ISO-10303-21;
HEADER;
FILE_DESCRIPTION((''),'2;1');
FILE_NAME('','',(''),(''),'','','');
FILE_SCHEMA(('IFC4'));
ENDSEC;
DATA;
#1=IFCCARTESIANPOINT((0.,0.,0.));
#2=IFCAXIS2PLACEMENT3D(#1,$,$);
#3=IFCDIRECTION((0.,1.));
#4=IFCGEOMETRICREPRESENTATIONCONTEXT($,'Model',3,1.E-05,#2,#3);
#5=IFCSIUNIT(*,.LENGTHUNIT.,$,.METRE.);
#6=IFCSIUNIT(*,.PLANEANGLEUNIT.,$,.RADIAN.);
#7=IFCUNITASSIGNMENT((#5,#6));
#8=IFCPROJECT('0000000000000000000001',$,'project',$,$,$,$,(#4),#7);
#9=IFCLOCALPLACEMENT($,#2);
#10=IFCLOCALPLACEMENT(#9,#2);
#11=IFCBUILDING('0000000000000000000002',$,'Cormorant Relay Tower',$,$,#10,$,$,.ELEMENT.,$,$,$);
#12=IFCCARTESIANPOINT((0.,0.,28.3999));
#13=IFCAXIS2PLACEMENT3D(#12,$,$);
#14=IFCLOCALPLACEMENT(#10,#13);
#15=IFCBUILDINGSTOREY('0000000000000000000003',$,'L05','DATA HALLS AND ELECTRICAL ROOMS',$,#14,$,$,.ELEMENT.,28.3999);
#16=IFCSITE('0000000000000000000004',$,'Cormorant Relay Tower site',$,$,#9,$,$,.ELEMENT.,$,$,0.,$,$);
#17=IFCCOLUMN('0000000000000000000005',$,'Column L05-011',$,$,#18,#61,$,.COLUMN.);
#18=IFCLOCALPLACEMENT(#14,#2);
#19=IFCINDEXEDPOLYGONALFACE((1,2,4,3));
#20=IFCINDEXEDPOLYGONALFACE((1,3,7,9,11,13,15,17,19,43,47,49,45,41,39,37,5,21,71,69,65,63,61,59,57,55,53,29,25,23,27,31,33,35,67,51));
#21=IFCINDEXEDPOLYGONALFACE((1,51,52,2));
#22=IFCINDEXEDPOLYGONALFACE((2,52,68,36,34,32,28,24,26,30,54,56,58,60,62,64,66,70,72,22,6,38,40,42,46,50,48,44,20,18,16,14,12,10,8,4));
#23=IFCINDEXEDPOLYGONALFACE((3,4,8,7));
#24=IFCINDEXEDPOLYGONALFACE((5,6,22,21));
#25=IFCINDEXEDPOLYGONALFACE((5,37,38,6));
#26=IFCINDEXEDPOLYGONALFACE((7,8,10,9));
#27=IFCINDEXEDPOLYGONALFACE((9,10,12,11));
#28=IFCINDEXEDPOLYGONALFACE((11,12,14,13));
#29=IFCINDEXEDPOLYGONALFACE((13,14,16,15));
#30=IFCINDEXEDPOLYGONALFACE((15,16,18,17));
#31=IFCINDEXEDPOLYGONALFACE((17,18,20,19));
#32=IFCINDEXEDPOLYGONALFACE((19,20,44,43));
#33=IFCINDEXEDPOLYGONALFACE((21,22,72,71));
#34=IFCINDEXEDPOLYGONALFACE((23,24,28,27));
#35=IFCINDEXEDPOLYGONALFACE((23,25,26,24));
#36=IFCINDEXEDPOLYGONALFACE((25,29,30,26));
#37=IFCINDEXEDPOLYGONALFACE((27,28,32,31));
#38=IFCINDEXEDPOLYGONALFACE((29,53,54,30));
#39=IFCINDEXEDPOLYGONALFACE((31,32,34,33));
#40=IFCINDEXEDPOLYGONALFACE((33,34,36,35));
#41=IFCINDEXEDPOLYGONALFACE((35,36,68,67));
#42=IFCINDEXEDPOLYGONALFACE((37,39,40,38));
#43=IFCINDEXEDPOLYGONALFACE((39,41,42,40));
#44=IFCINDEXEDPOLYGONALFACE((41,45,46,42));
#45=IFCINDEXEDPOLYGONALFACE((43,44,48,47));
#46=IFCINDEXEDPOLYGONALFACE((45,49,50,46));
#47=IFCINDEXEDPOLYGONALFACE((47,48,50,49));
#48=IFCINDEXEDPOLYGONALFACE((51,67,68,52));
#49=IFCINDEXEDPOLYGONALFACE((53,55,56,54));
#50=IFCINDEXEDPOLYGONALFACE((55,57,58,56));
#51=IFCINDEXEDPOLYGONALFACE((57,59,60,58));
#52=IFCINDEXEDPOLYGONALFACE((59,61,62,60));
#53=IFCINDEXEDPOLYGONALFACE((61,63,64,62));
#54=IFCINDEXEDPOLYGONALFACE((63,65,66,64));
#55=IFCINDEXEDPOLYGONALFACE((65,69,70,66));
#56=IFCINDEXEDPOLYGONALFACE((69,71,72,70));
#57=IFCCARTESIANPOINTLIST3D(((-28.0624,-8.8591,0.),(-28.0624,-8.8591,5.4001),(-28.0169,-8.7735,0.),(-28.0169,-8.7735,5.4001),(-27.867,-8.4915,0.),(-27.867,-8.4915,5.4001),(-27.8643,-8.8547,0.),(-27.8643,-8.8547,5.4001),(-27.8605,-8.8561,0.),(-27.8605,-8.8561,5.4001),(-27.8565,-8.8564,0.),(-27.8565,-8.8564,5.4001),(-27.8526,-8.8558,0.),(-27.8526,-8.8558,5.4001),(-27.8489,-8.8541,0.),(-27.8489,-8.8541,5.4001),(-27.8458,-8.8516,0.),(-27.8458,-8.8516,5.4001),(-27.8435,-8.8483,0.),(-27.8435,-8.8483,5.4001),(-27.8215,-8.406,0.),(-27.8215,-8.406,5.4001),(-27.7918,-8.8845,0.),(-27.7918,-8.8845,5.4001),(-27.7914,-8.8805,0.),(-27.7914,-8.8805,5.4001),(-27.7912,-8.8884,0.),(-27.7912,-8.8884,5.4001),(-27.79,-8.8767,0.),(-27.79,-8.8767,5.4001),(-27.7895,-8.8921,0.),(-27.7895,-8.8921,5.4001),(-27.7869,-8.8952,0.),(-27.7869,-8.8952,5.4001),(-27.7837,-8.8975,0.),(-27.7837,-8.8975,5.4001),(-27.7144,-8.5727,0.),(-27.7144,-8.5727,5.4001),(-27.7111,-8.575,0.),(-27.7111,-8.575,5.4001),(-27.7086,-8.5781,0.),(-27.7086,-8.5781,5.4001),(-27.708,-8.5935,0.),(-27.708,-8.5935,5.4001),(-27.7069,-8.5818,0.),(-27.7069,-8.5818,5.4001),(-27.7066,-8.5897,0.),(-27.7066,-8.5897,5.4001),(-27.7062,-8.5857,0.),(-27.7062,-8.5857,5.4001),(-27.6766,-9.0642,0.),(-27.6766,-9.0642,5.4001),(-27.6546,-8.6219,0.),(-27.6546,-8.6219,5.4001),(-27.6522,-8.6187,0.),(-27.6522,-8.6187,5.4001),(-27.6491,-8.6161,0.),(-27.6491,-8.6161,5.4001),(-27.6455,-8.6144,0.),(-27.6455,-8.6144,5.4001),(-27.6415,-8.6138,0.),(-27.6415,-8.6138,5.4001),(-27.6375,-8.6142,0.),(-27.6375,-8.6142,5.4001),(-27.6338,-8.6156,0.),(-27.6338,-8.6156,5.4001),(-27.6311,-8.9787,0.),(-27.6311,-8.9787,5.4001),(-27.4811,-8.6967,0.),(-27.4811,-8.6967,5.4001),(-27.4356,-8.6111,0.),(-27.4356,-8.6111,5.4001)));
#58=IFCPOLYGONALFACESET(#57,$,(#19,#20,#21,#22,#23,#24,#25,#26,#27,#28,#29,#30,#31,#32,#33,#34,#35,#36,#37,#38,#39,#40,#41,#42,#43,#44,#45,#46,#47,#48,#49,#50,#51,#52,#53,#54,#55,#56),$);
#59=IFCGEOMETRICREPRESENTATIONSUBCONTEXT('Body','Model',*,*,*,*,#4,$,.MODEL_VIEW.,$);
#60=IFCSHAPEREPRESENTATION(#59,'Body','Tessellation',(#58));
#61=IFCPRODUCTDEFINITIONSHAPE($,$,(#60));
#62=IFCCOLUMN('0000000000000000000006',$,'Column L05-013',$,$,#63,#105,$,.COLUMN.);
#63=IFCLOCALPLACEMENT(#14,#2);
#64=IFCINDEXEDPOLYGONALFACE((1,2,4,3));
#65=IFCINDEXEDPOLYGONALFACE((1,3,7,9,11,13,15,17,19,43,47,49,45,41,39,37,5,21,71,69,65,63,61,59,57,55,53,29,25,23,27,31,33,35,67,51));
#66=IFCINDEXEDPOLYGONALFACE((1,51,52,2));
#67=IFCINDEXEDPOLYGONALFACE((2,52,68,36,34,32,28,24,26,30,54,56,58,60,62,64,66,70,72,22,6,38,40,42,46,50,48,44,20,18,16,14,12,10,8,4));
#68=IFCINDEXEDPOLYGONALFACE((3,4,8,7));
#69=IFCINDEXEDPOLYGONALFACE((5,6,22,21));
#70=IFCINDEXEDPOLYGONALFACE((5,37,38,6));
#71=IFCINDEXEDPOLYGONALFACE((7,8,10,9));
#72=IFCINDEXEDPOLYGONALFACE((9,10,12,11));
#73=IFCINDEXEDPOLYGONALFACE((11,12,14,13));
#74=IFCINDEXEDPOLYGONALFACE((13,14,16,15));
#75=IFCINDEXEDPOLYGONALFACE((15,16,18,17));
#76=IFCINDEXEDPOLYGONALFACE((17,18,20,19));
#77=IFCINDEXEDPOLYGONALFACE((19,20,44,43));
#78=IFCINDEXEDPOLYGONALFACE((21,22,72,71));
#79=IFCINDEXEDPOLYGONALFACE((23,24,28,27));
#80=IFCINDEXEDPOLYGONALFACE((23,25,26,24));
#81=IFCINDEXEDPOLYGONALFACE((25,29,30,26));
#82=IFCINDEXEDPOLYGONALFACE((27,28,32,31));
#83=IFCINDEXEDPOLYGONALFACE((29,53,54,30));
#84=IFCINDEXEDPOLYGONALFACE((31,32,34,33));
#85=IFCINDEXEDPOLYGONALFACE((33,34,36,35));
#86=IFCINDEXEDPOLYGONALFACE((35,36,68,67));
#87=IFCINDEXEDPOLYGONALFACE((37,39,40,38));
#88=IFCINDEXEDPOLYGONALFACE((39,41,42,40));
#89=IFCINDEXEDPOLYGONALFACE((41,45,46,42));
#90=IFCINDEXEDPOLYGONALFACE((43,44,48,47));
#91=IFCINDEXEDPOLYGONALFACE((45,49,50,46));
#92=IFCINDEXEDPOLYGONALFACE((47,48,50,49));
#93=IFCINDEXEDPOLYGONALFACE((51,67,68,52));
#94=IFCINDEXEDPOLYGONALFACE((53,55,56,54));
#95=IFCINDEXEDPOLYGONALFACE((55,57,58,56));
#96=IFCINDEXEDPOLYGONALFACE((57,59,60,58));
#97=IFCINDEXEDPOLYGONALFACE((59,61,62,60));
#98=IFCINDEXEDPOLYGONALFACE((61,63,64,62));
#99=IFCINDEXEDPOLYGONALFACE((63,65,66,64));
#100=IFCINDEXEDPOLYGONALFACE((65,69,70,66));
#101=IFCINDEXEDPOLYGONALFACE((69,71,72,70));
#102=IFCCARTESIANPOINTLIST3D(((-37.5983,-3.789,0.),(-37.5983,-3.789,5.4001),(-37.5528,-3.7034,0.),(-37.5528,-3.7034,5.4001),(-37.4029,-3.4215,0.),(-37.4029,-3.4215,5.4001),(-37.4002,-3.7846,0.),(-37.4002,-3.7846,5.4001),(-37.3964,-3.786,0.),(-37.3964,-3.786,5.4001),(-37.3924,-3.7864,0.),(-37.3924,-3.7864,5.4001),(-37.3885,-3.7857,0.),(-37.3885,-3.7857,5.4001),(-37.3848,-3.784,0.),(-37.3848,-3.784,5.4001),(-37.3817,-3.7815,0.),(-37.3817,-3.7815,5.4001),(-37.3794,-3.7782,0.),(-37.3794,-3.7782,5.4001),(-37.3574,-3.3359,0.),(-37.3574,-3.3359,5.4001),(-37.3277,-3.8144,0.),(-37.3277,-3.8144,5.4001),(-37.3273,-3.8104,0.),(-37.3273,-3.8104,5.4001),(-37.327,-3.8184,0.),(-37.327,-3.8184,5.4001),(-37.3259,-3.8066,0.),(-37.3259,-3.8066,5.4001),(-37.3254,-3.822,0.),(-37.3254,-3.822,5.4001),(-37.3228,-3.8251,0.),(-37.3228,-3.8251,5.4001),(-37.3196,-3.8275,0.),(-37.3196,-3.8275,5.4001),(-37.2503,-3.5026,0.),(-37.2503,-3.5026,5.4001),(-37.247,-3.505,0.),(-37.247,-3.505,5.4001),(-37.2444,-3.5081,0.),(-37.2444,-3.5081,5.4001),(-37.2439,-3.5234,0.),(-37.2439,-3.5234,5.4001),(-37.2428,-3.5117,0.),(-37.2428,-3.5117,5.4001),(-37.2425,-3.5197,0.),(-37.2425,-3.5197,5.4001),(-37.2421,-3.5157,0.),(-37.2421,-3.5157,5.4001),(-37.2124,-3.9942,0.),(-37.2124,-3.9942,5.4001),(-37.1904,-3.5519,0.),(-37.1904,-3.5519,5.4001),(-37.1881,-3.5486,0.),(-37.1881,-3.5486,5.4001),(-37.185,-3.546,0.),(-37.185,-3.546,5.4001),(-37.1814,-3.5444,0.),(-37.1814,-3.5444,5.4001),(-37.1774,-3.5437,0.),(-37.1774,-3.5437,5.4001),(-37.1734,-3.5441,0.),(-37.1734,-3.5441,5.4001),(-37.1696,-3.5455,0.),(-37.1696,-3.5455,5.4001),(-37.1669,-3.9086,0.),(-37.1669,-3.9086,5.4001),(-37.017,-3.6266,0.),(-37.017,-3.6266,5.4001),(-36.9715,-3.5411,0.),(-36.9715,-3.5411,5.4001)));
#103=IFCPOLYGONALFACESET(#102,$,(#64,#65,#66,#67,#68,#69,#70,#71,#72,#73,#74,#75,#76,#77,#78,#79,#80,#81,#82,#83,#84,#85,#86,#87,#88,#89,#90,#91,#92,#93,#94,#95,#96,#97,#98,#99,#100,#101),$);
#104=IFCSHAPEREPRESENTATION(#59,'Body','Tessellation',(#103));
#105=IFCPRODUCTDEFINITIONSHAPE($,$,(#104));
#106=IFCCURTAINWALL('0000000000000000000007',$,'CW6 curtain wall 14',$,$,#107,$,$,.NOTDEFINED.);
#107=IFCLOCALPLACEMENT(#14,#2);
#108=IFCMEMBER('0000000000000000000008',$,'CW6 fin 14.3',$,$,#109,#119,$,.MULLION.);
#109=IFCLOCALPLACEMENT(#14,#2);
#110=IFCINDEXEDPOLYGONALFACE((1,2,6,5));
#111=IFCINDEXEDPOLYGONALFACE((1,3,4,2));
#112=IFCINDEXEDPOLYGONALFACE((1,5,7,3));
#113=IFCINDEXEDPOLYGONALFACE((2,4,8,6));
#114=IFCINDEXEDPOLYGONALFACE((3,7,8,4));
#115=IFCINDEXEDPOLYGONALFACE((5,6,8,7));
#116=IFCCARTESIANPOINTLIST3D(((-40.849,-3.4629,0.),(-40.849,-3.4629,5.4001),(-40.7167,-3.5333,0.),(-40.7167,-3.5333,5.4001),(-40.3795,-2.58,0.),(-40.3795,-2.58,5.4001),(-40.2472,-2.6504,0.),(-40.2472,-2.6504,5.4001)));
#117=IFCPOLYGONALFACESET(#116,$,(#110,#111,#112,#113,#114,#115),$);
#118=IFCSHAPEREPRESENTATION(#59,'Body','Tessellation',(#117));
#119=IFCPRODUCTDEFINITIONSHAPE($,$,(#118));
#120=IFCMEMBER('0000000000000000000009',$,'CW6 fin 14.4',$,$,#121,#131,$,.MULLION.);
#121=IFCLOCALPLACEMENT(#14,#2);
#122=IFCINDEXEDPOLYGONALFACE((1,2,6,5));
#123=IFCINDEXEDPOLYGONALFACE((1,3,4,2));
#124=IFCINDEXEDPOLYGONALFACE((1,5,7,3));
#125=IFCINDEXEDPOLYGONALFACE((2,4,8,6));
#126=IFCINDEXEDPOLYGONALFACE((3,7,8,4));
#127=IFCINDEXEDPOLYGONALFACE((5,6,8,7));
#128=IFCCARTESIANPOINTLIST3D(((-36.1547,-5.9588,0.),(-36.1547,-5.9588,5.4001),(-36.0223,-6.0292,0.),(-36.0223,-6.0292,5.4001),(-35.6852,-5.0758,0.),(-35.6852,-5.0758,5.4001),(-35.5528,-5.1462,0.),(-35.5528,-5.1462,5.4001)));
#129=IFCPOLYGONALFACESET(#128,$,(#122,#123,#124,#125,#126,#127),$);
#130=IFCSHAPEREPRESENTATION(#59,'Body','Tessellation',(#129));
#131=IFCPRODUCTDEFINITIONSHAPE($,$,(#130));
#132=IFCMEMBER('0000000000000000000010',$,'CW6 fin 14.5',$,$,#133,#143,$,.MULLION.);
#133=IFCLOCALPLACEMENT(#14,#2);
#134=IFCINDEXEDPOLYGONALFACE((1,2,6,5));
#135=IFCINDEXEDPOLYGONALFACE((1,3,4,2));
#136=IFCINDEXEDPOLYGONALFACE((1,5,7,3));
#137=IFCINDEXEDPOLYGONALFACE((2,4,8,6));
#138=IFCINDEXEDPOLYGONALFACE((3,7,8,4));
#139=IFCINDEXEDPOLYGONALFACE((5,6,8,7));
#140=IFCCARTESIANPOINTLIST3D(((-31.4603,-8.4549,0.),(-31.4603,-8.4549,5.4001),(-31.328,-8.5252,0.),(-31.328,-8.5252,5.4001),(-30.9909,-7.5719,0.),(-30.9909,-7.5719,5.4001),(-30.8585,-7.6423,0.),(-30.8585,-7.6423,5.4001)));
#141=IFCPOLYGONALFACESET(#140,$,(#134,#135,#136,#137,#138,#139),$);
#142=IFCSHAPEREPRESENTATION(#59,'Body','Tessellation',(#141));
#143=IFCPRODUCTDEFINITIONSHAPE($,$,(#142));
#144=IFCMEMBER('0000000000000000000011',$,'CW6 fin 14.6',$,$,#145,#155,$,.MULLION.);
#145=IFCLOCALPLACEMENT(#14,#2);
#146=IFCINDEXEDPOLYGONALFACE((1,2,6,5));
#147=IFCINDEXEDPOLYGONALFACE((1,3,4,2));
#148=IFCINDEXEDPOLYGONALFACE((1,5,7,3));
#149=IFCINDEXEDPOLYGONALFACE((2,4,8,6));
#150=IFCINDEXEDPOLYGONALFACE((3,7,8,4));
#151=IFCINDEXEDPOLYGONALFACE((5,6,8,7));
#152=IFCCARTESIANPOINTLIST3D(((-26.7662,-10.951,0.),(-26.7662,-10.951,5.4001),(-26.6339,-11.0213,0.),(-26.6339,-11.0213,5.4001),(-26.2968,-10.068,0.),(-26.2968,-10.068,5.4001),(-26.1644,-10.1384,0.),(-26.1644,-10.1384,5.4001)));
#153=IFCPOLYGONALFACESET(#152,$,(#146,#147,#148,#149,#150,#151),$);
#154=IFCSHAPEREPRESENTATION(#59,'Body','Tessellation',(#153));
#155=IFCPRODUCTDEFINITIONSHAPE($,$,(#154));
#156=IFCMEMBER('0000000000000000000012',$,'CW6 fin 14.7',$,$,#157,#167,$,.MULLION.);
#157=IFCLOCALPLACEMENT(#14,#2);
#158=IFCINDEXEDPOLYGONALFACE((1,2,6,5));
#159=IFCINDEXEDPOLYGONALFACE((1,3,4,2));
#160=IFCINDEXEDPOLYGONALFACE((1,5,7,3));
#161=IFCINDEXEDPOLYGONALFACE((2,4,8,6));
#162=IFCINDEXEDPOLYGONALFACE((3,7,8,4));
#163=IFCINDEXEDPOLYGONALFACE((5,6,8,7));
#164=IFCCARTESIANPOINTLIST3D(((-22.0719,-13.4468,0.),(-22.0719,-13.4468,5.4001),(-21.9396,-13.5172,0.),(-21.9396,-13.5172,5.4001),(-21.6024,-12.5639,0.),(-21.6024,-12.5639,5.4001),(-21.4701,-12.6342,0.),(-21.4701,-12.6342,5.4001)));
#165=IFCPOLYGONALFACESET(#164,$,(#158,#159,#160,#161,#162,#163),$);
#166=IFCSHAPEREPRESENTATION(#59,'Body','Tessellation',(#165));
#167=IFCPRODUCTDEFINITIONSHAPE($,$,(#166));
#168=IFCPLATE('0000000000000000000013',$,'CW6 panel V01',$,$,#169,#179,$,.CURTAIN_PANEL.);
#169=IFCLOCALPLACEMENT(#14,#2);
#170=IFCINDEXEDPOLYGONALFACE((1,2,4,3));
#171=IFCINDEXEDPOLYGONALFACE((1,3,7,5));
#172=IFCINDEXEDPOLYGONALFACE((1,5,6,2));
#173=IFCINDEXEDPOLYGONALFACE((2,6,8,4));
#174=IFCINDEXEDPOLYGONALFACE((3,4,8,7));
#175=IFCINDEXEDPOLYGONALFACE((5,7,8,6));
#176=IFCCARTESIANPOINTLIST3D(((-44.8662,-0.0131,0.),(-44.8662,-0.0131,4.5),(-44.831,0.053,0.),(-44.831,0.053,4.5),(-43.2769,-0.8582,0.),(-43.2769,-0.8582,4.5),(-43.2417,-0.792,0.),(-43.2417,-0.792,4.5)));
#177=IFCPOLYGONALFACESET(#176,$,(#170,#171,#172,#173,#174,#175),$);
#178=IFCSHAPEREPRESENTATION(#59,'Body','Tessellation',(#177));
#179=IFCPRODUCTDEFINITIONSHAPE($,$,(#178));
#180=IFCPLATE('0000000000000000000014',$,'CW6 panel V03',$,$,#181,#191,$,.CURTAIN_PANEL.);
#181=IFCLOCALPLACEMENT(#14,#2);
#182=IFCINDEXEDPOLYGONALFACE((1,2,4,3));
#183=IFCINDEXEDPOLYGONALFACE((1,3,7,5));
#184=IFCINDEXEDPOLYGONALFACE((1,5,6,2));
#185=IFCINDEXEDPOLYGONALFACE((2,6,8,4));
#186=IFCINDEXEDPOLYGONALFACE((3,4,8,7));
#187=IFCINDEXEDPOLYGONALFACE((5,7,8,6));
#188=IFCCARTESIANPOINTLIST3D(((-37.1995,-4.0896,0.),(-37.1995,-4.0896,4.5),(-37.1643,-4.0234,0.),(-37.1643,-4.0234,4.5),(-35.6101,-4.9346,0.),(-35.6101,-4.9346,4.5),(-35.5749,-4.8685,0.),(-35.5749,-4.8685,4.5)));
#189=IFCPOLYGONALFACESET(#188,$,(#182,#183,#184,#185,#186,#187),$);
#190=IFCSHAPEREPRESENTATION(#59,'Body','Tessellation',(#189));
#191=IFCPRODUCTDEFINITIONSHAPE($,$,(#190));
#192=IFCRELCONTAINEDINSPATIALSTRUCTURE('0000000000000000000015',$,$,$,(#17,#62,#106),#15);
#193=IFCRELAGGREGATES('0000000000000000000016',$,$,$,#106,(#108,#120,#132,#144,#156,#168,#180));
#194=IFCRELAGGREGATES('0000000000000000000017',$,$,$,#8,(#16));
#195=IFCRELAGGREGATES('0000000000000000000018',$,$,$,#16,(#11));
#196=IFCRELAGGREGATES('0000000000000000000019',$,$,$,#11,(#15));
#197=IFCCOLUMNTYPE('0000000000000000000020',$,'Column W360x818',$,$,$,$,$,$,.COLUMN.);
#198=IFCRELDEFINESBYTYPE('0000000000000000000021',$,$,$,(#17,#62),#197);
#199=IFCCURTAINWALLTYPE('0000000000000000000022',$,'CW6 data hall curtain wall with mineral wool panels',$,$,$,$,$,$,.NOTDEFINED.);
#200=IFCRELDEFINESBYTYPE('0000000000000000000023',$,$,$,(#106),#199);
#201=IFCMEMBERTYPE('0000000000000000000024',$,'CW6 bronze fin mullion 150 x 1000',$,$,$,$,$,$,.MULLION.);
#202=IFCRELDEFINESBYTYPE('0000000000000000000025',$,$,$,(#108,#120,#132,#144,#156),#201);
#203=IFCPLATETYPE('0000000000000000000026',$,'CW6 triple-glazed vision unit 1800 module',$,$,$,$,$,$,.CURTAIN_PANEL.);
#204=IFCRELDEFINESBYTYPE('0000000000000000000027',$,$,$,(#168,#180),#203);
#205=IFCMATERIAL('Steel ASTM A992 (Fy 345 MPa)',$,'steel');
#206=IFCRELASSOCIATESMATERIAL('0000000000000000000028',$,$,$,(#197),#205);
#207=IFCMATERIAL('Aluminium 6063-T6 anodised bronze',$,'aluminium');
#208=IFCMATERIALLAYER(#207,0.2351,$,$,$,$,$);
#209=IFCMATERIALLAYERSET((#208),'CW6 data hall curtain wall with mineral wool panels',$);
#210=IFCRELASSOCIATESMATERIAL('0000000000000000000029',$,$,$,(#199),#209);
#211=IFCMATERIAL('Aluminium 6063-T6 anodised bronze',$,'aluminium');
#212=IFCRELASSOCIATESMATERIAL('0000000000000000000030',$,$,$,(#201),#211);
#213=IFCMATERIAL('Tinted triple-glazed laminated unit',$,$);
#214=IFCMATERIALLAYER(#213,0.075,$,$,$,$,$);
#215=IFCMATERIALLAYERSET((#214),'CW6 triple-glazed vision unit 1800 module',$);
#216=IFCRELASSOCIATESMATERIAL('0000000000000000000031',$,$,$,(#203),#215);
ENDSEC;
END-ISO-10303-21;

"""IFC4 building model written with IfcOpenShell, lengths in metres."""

from ifc_helpers import new_model, si_unit, direction, frame, origin, origin_2d, place, context, subcontext, project, spatial, rectangle, i_section, extrude, material, layer, layer_set, material_profile, profile_set, type_object, element, aggregate, save


model = new_model("IFC4")

# Units and contexts
model_context = context("Model", 3, precision=1e-05, world=origin(), true_north=direction((0.0, 1.0)))
body_context = subcontext(model_context, "Body", "Model", "MODEL_VIEW")
ifc_project = project(units=[si_unit("LENGTHUNIT", "METRE"), si_unit("PLANEANGLEUNIT", "RADIAN")], contexts=[model_context])

# Site, building, storey
site_placement = place(None, origin())
site = spatial("IfcSite", under=ifc_project, at=site_placement, Name="Cormorant Relay Tower site", CompositionType="ELEMENT", RefElevation=0.0)
building_placement = place(site_placement, origin())
building = spatial("IfcBuilding", under=site, at=building_placement, Name="Cormorant Relay Tower", CompositionType="ELEMENT")
storey_placement = place(building_placement, frame((0.0, 0.0, 28.3999)))
storey = spatial("IfcBuildingStorey", under=building, at=storey_placement, Name="L05", Description="DATA HALLS AND ELECTRICAL ROOMS", CompositionType="ELEMENT", Elevation=28.3999)

# Columns
ifc_material_1 = material(Name="Steel ASTM A992 (Fy 345 MPa)", Category="steel")
ifc_material_profile_1 = material_profile(ifc_material_1, i_section(OverallWidth=0.437, OverallDepth=0.5132, WebThickness=0.0605, FlangeThickness=0.0969, FilletRadius=0.0154, at=origin_2d()), Name="W360x818")
ifc_profile_set_1 = profile_set([ifc_material_profile_1], Name="Steel ASTM A992 (Fy 345 MPa)")
column_type = type_object("IfcColumnType", Name="Column W360x818", PredefinedType="COLUMN", material=ifc_profile_set_1)
for number, where, z_axis, x_axis, name in (
    (1, (-27.749, -8.7351, 0.0), (0.0, 0.0, 1.0), (0.882948, -0.469472, 0.0), "Column L05-011"),
    (2, (-37.2849, -3.665, 0.0), (0.0, 0.0, 1.0), (0.882948, -0.469472, 0.0), "Column L05-013"),
):
    element("IfcColumn", number, at=place(storey_placement, frame(where, z_axis=z_axis, x_axis=x_axis)), inside=storey, type_object=column_type, Name=name, PredefinedType="COLUMN", context=body_context, shape_type="SweptSolid", body=[
        extrude(i_section(OverallWidth=0.437, OverallDepth=0.5132, WebThickness=0.0605, FlangeThickness=0.0969, FilletRadius=0.0154, at=origin_2d()), origin(), (0.0, 0.0, 1.0), 5.4001),
    ])

# Curtain wall, members, plates
ifc_material_2 = material(Name="Aluminium 6063-T6 anodised bronze", Category="aluminium")
ifc_layer_1 = layer(ifc_material_2, 0.2351)
ifc_layer_set_1 = layer_set([ifc_layer_1], Name="CW6 data hall curtain wall with mineral wool panels")
curtain_wall_type = type_object("IfcCurtainWallType", Name="CW6 data hall curtain wall with mineral wool panels", PredefinedType="NOTDEFINED", material=ifc_layer_set_1)
curtain_wall_placement = place(storey_placement, origin())
curtain_wall = element("IfcCurtainWall", 3, at=curtain_wall_placement, inside=storey, type_object=curtain_wall_type, Name="CW6 curtain wall 14", PredefinedType="NOTDEFINED")
ifc_material_3 = material(Name="Aluminium 6063-T6 anodised bronze", Category="aluminium")
ifc_material_profile_2 = material_profile(ifc_material_3, rectangle(XDim=0.1499, YDim=1.0, at=origin_2d()), Name="AL 150x1000")
ifc_profile_set_2 = profile_set([ifc_material_profile_2], Name="Aluminium 6063-T6 anodised bronze")
member_type = type_object("IfcMemberType", Name="CW6 bronze fin mullion 150 x 1000", PredefinedType="MULLION", material=ifc_profile_set_2)
member_1_placement = place(storey_placement, frame((-40.5481, -3.0566, 0.0), z_axis=(0.0, 0.0, 1.0), x_axis=(0.882948, -0.469472, 0.0)))
member_1 = element("IfcMember", 4, at=member_1_placement, type_object=member_type, Name="CW6 fin 14.3", PredefinedType="MULLION", context=body_context, shape_type="SweptSolid", body=[
    extrude(rectangle(XDim=0.1499, YDim=1.0, at=origin_2d()), origin(), (0.0, 0.0, 1.0), 5.4001),
])
member_2_placement = place(storey_placement, frame((-35.8538, -5.5525, 0.0), z_axis=(0.0, 0.0, 1.0), x_axis=(0.882948, -0.469472, 0.0)))
member_2 = element("IfcMember", 5, at=member_2_placement, type_object=member_type, Name="CW6 fin 14.4", PredefinedType="MULLION", context=body_context, shape_type="SweptSolid", body=[
    extrude(rectangle(XDim=0.1499, YDim=1.0, at=origin_2d()), origin(), (0.0, 0.0, 1.0), 5.4001),
])
member_3_placement = place(storey_placement, frame((-31.1594, -8.0486, 0.0), z_axis=(0.0, 0.0, 1.0), x_axis=(0.882948, -0.469472, 0.0)))
member_3 = element("IfcMember", 6, at=member_3_placement, type_object=member_type, Name="CW6 fin 14.5", PredefinedType="MULLION", context=body_context, shape_type="SweptSolid", body=[
    extrude(rectangle(XDim=0.1499, YDim=1.0, at=origin_2d()), origin(), (0.0, 0.0, 1.0), 5.4001),
])
member_4_placement = place(storey_placement, frame((-26.4653, -10.5447, 0.0), z_axis=(0.0, 0.0, 1.0), x_axis=(0.882948, -0.469472, 0.0)))
member_4 = element("IfcMember", 7, at=member_4_placement, type_object=member_type, Name="CW6 fin 14.6", PredefinedType="MULLION", context=body_context, shape_type="SweptSolid", body=[
    extrude(rectangle(XDim=0.1499, YDim=1.0, at=origin_2d()), origin(), (0.0, 0.0, 1.0), 5.4001),
])
member_5_placement = place(storey_placement, frame((-21.771, -13.0405, 0.0), z_axis=(0.0, 0.0, 1.0), x_axis=(0.882948, -0.469472, 0.0)))
member_5 = element("IfcMember", 8, at=member_5_placement, type_object=member_type, Name="CW6 fin 14.7", PredefinedType="MULLION", context=body_context, shape_type="SweptSolid", body=[
    extrude(rectangle(XDim=0.1499, YDim=1.0, at=origin_2d()), origin(), (0.0, 0.0, 1.0), 5.4001),
])
ifc_material_4 = material(Name="Tinted triple-glazed laminated unit")
ifc_layer_2 = layer(ifc_material_4, 0.075)
ifc_layer_set_2 = layer_set([ifc_layer_2], Name="CW6 triple-glazed vision unit 1800 module")
plate_type = type_object("IfcPlateType", Name="CW6 triple-glazed vision unit 1800 module", PredefinedType="CURTAIN_PANEL", material=ifc_layer_set_2)
plate_1_placement = place(storey_placement, frame((-44.054, -0.4026, 0.0), z_axis=(0.0, 0.0, 1.0), x_axis=(0.882948, -0.469472, 0.0)))
plate_1 = element("IfcPlate", 9, at=plate_1_placement, type_object=plate_type, Name="CW6 panel V01", PredefinedType="CURTAIN_PANEL", context=body_context, shape_type="SweptSolid", body=[
    extrude(rectangle(XDim=1.8, YDim=0.075, at=origin_2d()), origin(), (0.0, 0.0, 1.0), 4.5),
])
plate_2_placement = place(storey_placement, frame((-36.3872, -4.479, 0.0), z_axis=(0.0, 0.0, 1.0), x_axis=(0.882948, -0.469472, 0.0)))
plate_2 = element("IfcPlate", 10, at=plate_2_placement, type_object=plate_type, Name="CW6 panel V03", PredefinedType="CURTAIN_PANEL", context=body_context, shape_type="SweptSolid", body=[
    extrude(rectangle(XDim=1.8, YDim=0.075, at=origin_2d()), origin(), (0.0, 0.0, 1.0), 4.5),
])

aggregate(curtain_wall, [member_1, member_2, member_3, member_4, member_5, plate_1, plate_2])

save(model, "model.ifc")
